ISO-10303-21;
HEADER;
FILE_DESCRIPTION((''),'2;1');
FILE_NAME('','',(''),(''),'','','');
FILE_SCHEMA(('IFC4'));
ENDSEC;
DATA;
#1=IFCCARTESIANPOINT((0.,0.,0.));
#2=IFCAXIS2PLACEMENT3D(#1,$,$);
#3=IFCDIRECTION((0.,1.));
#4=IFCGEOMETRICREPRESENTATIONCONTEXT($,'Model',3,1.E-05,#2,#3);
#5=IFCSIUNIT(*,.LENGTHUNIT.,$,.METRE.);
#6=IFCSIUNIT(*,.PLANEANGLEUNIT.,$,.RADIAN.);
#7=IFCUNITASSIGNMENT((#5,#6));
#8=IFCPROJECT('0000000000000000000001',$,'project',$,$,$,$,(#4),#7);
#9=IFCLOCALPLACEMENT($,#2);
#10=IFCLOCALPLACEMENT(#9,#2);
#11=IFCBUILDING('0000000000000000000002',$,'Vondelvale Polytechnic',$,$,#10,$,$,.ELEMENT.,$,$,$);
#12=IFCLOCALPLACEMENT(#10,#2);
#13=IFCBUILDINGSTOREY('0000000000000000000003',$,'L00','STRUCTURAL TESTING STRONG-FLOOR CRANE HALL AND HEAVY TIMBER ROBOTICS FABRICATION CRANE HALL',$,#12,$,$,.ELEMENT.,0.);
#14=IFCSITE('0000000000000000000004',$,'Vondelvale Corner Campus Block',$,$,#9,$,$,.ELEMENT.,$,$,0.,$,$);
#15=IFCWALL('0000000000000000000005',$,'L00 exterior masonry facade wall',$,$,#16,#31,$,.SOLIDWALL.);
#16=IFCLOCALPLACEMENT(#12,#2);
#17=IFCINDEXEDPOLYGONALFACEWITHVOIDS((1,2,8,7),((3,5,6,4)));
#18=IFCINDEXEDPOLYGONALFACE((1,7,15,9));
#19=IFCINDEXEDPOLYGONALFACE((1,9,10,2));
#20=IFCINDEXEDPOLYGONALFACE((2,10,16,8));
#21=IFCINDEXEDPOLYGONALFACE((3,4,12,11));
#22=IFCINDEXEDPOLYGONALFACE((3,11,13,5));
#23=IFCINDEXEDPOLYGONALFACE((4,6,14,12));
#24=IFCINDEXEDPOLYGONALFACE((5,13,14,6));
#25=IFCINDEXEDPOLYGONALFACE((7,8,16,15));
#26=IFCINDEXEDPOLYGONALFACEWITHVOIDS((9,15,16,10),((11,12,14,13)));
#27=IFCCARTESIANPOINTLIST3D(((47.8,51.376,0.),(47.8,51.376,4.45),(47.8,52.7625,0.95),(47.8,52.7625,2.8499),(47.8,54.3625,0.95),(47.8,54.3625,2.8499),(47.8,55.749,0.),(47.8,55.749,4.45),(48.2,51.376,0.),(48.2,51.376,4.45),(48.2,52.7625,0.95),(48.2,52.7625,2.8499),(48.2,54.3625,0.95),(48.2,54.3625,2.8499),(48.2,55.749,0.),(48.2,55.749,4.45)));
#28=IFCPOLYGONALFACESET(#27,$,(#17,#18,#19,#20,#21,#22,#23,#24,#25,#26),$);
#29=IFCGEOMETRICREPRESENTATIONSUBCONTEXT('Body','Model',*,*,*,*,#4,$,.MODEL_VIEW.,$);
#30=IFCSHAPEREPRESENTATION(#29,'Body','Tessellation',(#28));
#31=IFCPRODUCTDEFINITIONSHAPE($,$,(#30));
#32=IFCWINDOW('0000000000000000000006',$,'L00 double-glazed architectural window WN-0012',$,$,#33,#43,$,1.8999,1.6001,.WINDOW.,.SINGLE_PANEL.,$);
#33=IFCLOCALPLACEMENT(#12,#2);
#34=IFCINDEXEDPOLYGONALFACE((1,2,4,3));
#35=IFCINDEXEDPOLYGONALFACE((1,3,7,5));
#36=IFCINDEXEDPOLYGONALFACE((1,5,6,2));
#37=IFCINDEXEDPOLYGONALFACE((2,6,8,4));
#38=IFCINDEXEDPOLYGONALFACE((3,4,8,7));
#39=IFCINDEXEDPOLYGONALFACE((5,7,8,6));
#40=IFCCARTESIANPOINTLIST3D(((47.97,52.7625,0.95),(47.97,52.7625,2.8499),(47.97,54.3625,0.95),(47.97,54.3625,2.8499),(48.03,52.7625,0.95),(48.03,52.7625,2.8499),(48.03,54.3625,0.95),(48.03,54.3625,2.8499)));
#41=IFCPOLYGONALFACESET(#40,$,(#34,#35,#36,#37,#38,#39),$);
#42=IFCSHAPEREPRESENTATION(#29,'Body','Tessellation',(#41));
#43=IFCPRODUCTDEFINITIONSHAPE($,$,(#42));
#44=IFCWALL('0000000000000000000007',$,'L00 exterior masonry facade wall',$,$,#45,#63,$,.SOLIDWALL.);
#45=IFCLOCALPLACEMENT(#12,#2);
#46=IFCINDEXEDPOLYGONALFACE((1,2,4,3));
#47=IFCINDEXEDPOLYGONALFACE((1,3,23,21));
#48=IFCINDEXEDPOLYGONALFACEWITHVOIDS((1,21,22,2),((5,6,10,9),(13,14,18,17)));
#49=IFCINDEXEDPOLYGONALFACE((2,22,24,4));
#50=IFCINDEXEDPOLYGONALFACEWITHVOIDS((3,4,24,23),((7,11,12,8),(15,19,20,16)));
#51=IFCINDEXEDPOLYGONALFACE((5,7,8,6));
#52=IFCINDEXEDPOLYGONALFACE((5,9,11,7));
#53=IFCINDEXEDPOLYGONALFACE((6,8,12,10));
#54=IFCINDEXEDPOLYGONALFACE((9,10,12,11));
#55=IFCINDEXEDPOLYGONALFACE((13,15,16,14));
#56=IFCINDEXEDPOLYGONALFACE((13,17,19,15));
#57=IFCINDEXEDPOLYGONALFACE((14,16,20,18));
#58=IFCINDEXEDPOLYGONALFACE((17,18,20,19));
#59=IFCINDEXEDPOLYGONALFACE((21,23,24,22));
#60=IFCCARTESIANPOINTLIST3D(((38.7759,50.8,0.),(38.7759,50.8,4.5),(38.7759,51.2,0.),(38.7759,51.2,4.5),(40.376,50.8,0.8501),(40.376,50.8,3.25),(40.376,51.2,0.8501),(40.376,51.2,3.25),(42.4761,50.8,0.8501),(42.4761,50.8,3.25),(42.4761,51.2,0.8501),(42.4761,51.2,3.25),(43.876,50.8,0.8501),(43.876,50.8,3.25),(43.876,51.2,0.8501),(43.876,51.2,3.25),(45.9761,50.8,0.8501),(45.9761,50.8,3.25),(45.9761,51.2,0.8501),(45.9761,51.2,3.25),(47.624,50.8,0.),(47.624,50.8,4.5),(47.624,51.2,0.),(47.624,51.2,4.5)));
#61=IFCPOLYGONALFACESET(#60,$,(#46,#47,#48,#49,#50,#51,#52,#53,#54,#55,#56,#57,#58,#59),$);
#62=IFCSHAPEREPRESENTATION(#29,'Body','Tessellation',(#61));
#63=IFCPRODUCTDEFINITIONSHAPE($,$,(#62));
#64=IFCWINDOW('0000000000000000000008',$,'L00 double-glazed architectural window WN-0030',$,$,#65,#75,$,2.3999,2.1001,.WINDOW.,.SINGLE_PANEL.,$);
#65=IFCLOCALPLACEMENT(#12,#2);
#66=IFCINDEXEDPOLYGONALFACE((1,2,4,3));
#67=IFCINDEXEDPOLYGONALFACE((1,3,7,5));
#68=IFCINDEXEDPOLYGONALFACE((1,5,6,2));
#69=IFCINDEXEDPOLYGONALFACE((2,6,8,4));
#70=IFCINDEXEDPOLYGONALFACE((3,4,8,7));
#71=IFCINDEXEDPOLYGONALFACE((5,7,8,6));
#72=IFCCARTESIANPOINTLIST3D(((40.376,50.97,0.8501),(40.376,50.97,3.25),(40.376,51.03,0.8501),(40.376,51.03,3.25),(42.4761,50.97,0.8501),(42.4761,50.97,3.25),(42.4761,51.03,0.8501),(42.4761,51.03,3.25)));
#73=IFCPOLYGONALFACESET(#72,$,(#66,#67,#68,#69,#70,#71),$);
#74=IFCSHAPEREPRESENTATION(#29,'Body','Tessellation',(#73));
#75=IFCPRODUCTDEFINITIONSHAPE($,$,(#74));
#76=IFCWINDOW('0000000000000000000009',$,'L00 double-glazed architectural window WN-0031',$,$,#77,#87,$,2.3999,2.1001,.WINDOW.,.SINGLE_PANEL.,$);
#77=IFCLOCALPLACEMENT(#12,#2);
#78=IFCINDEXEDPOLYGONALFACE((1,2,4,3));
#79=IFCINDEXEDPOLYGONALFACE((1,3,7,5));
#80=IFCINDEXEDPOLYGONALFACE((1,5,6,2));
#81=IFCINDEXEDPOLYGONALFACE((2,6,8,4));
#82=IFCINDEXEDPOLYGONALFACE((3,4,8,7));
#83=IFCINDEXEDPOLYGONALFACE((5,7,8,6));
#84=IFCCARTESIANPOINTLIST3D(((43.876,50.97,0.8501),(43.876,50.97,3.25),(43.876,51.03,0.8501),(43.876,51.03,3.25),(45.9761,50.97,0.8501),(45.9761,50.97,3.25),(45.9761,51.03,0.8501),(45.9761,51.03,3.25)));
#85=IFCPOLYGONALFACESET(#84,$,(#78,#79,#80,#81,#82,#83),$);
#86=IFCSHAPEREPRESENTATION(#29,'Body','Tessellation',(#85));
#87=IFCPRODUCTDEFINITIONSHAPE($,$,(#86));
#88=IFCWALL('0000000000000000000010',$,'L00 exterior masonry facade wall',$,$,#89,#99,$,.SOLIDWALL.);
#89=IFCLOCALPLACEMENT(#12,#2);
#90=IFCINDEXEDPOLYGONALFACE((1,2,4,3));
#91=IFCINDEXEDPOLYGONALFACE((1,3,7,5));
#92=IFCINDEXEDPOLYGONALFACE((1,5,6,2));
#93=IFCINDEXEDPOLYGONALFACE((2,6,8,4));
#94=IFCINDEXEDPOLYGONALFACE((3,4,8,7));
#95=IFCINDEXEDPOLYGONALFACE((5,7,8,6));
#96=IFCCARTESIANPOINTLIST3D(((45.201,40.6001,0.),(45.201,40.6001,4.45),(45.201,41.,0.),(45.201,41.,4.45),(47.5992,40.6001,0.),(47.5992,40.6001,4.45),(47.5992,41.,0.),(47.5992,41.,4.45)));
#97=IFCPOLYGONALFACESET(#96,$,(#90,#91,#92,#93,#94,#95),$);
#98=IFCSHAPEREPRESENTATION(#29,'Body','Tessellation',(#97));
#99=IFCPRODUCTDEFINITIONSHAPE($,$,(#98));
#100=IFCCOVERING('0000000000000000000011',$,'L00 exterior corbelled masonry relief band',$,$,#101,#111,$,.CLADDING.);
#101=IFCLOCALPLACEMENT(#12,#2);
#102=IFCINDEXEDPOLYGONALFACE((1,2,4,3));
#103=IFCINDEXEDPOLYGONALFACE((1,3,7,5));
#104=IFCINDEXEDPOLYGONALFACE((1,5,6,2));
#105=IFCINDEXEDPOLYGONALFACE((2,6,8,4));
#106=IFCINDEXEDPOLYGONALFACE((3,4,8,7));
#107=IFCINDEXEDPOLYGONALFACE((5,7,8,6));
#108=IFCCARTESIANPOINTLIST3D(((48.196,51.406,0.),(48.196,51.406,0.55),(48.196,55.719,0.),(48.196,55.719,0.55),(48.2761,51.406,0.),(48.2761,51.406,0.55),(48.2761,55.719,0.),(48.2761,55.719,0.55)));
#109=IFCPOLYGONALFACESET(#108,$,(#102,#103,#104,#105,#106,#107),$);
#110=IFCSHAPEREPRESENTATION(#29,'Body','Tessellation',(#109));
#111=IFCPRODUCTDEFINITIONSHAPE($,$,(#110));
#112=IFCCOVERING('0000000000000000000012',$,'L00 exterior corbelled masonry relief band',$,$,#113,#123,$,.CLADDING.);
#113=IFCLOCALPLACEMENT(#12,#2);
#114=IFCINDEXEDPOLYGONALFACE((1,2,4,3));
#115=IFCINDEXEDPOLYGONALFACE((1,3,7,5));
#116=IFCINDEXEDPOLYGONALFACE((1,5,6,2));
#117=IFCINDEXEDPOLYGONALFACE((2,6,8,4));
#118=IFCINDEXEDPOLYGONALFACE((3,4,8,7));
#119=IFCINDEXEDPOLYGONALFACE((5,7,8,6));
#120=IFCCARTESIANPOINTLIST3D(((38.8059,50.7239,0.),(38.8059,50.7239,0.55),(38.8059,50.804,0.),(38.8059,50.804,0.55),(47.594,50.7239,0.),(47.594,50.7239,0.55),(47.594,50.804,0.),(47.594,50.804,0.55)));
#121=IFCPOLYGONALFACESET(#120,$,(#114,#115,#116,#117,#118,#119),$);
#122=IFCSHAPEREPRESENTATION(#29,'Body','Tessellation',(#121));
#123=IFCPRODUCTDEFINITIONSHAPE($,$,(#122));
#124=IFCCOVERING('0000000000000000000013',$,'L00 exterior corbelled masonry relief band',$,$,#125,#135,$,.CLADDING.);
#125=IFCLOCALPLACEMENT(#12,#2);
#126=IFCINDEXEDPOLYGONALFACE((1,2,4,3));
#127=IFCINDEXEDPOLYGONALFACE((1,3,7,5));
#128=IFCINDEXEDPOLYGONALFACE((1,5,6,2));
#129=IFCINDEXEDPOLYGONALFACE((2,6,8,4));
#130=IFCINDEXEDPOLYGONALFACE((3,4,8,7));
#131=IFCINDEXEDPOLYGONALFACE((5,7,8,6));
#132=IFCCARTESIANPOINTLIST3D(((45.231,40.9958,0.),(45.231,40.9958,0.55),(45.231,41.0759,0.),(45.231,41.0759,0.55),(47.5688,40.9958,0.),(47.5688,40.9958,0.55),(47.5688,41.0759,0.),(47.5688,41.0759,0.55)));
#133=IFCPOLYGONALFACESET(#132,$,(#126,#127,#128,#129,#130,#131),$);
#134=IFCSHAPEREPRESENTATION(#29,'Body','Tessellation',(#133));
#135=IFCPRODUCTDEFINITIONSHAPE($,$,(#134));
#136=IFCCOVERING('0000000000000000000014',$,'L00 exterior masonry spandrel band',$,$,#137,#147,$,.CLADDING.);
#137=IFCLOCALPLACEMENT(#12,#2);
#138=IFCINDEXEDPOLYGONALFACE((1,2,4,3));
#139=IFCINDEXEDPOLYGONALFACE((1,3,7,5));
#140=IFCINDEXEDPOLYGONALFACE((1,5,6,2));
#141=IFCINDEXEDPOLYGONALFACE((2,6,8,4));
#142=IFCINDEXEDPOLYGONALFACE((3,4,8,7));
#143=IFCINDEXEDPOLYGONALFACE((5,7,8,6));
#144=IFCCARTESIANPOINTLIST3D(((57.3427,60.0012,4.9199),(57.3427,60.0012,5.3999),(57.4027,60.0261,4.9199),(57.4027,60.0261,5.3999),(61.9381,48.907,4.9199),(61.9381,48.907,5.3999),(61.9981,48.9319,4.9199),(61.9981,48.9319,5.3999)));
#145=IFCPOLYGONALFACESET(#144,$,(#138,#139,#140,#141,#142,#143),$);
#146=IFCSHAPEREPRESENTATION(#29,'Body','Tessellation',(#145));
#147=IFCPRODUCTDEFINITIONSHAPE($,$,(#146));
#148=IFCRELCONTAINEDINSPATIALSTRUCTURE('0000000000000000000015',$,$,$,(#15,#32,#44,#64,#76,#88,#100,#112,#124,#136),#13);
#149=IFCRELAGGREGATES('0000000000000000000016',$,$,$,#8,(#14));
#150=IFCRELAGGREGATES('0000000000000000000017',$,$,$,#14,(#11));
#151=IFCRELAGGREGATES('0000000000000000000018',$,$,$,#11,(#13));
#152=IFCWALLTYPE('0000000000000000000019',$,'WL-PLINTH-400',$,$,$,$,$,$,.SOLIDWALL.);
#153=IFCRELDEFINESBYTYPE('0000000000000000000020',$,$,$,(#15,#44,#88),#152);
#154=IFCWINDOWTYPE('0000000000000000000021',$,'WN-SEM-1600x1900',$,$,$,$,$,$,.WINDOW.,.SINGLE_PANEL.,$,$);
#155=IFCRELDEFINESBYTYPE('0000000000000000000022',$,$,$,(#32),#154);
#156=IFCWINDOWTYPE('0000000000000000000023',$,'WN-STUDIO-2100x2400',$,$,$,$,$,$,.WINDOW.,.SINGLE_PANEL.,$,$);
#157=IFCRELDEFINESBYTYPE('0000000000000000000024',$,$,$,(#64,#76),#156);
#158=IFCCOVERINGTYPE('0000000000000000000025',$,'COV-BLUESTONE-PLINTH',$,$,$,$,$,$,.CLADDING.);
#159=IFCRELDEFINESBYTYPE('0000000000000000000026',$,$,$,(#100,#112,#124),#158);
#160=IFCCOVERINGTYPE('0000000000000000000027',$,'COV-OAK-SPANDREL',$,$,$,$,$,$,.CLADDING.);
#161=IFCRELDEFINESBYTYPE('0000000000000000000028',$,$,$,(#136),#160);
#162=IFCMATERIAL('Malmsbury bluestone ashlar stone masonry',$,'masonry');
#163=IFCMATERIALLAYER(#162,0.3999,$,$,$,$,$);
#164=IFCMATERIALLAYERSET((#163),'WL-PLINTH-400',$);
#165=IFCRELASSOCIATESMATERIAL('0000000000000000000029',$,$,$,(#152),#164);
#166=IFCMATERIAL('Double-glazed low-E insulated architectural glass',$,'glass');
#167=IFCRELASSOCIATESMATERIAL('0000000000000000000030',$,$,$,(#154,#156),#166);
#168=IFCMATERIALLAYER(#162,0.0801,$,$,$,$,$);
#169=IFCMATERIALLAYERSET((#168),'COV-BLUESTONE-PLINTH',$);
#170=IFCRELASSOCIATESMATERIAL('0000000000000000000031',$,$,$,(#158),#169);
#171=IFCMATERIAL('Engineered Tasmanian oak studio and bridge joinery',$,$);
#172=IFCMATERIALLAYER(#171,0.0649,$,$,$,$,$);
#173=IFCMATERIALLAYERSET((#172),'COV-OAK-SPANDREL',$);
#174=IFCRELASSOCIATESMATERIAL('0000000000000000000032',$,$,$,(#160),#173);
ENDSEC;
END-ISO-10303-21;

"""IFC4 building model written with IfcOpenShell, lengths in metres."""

from ifc_helpers import new_model, si_unit, direction, frame, frame_2d, origin, origin_2d, place, context, subcontext, project, spatial, rectangle, extrude, material, layer, layer_set, type_object, element, fill, save


model = new_model("IFC4")

# Units and contexts
model_context = context("Model", 3, precision=1e-05, world=origin(), true_north=direction((0.0, 1.0)))
body_context = subcontext(model_context, "Body", "Model", "MODEL_VIEW")
ifc_project = project(units=[si_unit("LENGTHUNIT", "METRE"), si_unit("PLANEANGLEUNIT", "RADIAN")], contexts=[model_context])

# Site, building, storey
site_placement = place(None, origin())
site = spatial("IfcSite", under=ifc_project, at=site_placement, Name="Vondelvale Corner Campus Block", CompositionType="ELEMENT", RefElevation=0.0)
building_placement = place(site_placement, origin())
building = spatial("IfcBuilding", under=site, at=building_placement, Name="Vondelvale Polytechnic", CompositionType="ELEMENT")
storey_placement = place(building_placement, origin())
storey = spatial("IfcBuildingStorey", under=building, at=storey_placement, Name="L00", Description="STRUCTURAL TESTING STRONG-FLOOR CRANE HALL AND HEAVY TIMBER ROBOTICS FABRICATION CRANE HALL", CompositionType="ELEMENT", Elevation=0.0)

# Shared definitions
ifc_material_1 = material(Name="Double-glazed low-E insulated architectural glass", Category="glass")
ifc_material_2 = material(Name="Engineered Tasmanian oak studio and bridge joinery")

# Wall, opening, window
ifc_material_3 = material(Name="Malmsbury bluestone ashlar stone masonry", Category="masonry")
ifc_layer_1 = layer(ifc_material_3, 0.3999)
ifc_layer_set_1 = layer_set([ifc_layer_1], Name="WL-PLINTH-400")
wall_type_1 = type_object("IfcWallType", Name="WL-PLINTH-400", PredefinedType="SOLIDWALL", material=ifc_layer_set_1)
wall_1_placement = place(storey_placement, frame((48.0, 55.749, 0.0), z_axis=(0.0, 0.0, 1.0), x_axis=(0.0, -1.0, 0.0)))
wall_1 = element("IfcWall", 1, at=wall_1_placement, inside=storey, type_object=wall_type_1, Name="L00 exterior masonry facade wall", PredefinedType="SOLIDWALL", context=body_context, shape_type="SweptSolid", body=[
    extrude(rectangle(XDim=4.373, YDim=0.3999, at=frame_2d((2.1865, 0.0))), origin(), (0.0, 0.0, 1.0), 4.45),
])
opening_1_placement = place(wall_1_placement, frame((1.3865, 0.0, 0.95)))
opening_1 = element("IfcOpeningElement", 2, at=opening_1_placement, cuts=wall_1, PredefinedType="OPENING", context=body_context, shape_type="SweptSolid", body=[
    extrude(rectangle(XDim=1.6001, YDim=1.8999, at=frame_2d((0.8, 0.95))), frame((0.0, 0.21, 0.0), z_axis=(0.0, -1.0, 0.0), x_axis=(1.0, 0.0, 0.0)), (0.0, 0.0, 1.0), 0.4199),
])
window_type_1 = type_object("IfcWindowType", Name="WN-SEM-1600x1900", PartitioningType="SINGLE_PANEL", PredefinedType="WINDOW", material=ifc_material_1)
window_1_placement = place(opening_1_placement, origin())
window_1 = element("IfcWindow", 3, at=window_1_placement, inside=storey, type_object=window_type_1, Name="L00 double-glazed architectural window WN-0012", OverallHeight=1.8999, OverallWidth=1.6001, PartitioningType="SINGLE_PANEL", PredefinedType="WINDOW", context=body_context, shape_type="SweptSolid", body=[
    extrude(rectangle(XDim=1.6001, YDim=1.8999, at=frame_2d((0.8, 0.95))), frame((0.0, 0.03, 0.0), z_axis=(0.0, -1.0, 0.0), x_axis=(1.0, 0.0, 0.0)), (0.0, 0.0, 1.0), 0.0601),
])
fill(opening_1, window_1)

# Wall, openings, windows
wall_2_placement = place(storey_placement, frame((47.624, 51.0, 0.0), z_axis=(0.0, 0.0, 1.0), x_axis=(-1.0, 0.0, 0.0)))
wall_2 = element("IfcWall", 4, at=wall_2_placement, inside=storey, type_object=wall_type_1, Name="L00 exterior masonry facade wall", PredefinedType="SOLIDWALL", context=body_context, shape_type="SweptSolid", body=[
    extrude(rectangle(XDim=8.8481, YDim=0.3999, at=frame_2d((4.4241, 0.0))), origin(), (0.0, 0.0, 1.0), 4.5),
])
opening_2_placement = place(wall_2_placement, frame((5.1479, 0.0, 0.8501)))
opening_2 = element("IfcOpeningElement", 5, at=opening_2_placement, cuts=wall_2, PredefinedType="OPENING", context=body_context, shape_type="SweptSolid", body=[
    extrude(rectangle(XDim=2.1001, YDim=2.3999, at=frame_2d((1.05, 1.2))), frame((0.0, 0.21, 0.0), z_axis=(0.0, -1.0, 0.0), x_axis=(1.0, 0.0, 0.0)), (0.0, 0.0, 1.0), 0.4199),
])
opening_3_placement = place(wall_2_placement, frame((1.6479, 0.0, 0.8501)))
opening_3 = element("IfcOpeningElement", 6, at=opening_3_placement, cuts=wall_2, PredefinedType="OPENING", context=body_context, shape_type="SweptSolid", body=[
    extrude(rectangle(XDim=2.1001, YDim=2.3999, at=frame_2d((1.05, 1.2))), frame((0.0, 0.21, 0.0), z_axis=(0.0, -1.0, 0.0), x_axis=(1.0, 0.0, 0.0)), (0.0, 0.0, 1.0), 0.4199),
])
window_type_2 = type_object("IfcWindowType", Name="WN-STUDIO-2100x2400", PartitioningType="SINGLE_PANEL", PredefinedType="WINDOW", material=ifc_material_1)
window_2_placement = place(opening_2_placement, origin())
window_2 = element("IfcWindow", 7, at=window_2_placement, inside=storey, type_object=window_type_2, Name="L00 double-glazed architectural window WN-0030", OverallHeight=2.3999, OverallWidth=2.1001, PartitioningType="SINGLE_PANEL", PredefinedType="WINDOW", context=body_context, shape_type="SweptSolid", body=[
    extrude(rectangle(XDim=2.1001, YDim=2.3999, at=frame_2d((1.05, 1.2))), frame((0.0, 0.03, 0.0), z_axis=(0.0, -1.0, 0.0), x_axis=(1.0, 0.0, 0.0)), (0.0, 0.0, 1.0), 0.0601),
])
fill(opening_2, window_2)
window_3_placement = place(opening_3_placement, origin())
window_3 = element("IfcWindow", 8, at=window_3_placement, inside=storey, type_object=window_type_2, Name="L00 double-glazed architectural window WN-0031", OverallHeight=2.3999, OverallWidth=2.1001, PartitioningType="SINGLE_PANEL", PredefinedType="WINDOW", context=body_context, shape_type="SweptSolid", body=[
    extrude(rectangle(XDim=2.1001, YDim=2.3999, at=frame_2d((1.05, 1.2))), frame((0.0, 0.03, 0.0), z_axis=(0.0, -1.0, 0.0), x_axis=(1.0, 0.0, 0.0)), (0.0, 0.0, 1.0), 0.0601),
])
fill(opening_3, window_3)

# Wall
wall_3_placement = place(storey_placement, frame((45.2009, 40.8, 0.0), z_axis=(0.0, 0.0, 1.0), x_axis=(1.0, 0.0, 0.0)))
element("IfcWall", 9, at=wall_3_placement, inside=storey, type_object=wall_type_1, Name="L00 exterior masonry facade wall", PredefinedType="SOLIDWALL", context=body_context, shape_type="SweptSolid", body=[
    extrude(rectangle(XDim=2.3982, YDim=0.3999, at=frame_2d((1.1992, 0.0))), origin(), (0.0, 0.0, 1.0), 4.45),
])

# Coverings
ifc_layer_2 = layer(ifc_material_3, 0.0801)
ifc_layer_set_2 = layer_set([ifc_layer_2], Name="COV-BLUESTONE-PLINTH")
covering_type_1 = type_object("IfcCoveringType", Name="COV-BLUESTONE-PLINTH", PredefinedType="CLADDING", material=ifc_layer_set_2)
covering_1_placement = place(storey_placement, frame((48.2361, 53.5625, 0.0), z_axis=(0.0, 0.0, 1.0), x_axis=(0.0, -1.0, 0.0)))
element("IfcCovering", 10, at=covering_1_placement, inside=storey, type_object=covering_type_1, Name="L00 exterior corbelled masonry relief band", PredefinedType="CLADDING", context=body_context, shape_type="SweptSolid", body=[
    extrude(rectangle(XDim=4.313, YDim=0.0801, at=origin_2d()), origin(), (0.0, 0.0, 1.0), 0.55),
])
covering_2_placement = place(storey_placement, frame((43.2, 50.7639, 0.0), z_axis=(0.0, 0.0, 1.0), x_axis=(-1.0, 0.0, 0.0)))
element("IfcCovering", 11, at=covering_2_placement, inside=storey, type_object=covering_type_1, Name="L00 exterior corbelled masonry relief band", PredefinedType="CLADDING", context=body_context, shape_type="SweptSolid", body=[
    extrude(rectangle(XDim=8.7881, YDim=0.0801, at=origin_2d()), origin(), (0.0, 0.0, 1.0), 0.55),
])
covering_3_placement = place(storey_placement, frame((46.3999, 41.0359, 0.0), z_axis=(0.0, 0.0, 1.0), x_axis=(1.0, 0.0, 0.0)))
element("IfcCovering", 12, at=covering_3_placement, inside=storey, type_object=covering_type_1, Name="L00 exterior corbelled masonry relief band", PredefinedType="CLADDING", context=body_context, shape_type="SweptSolid", body=[
    extrude(rectangle(XDim=2.3379, YDim=0.0801, at=origin_2d()), origin(), (0.0, 0.0, 1.0), 0.55),
])
ifc_layer_3 = layer(ifc_material_2, 0.0649)
ifc_layer_set_3 = layer_set([ifc_layer_3], Name="COV-OAK-SPANDREL")
covering_type_2 = type_object("IfcCoveringType", Name="COV-OAK-SPANDREL", PredefinedType="CLADDING", material=ifc_layer_set_3)
covering_4_placement = place(storey_placement, frame((59.6704, 54.4666, 4.9199), z_axis=(0.0, 0.0, 1.0), x_axis=(0.382683, -0.92388, 0.0)))
element("IfcCovering", 13, at=covering_4_placement, inside=storey, type_object=covering_type_2, Name="L00 exterior masonry spandrel band", PredefinedType="CLADDING", context=body_context, shape_type="SweptSolid", body=[
    extrude(rectangle(XDim=12.0083, YDim=0.0649, at=origin_2d()), origin(), (0.0, 0.0, 1.0), 0.48),
])

save(model, "model.ifc")
